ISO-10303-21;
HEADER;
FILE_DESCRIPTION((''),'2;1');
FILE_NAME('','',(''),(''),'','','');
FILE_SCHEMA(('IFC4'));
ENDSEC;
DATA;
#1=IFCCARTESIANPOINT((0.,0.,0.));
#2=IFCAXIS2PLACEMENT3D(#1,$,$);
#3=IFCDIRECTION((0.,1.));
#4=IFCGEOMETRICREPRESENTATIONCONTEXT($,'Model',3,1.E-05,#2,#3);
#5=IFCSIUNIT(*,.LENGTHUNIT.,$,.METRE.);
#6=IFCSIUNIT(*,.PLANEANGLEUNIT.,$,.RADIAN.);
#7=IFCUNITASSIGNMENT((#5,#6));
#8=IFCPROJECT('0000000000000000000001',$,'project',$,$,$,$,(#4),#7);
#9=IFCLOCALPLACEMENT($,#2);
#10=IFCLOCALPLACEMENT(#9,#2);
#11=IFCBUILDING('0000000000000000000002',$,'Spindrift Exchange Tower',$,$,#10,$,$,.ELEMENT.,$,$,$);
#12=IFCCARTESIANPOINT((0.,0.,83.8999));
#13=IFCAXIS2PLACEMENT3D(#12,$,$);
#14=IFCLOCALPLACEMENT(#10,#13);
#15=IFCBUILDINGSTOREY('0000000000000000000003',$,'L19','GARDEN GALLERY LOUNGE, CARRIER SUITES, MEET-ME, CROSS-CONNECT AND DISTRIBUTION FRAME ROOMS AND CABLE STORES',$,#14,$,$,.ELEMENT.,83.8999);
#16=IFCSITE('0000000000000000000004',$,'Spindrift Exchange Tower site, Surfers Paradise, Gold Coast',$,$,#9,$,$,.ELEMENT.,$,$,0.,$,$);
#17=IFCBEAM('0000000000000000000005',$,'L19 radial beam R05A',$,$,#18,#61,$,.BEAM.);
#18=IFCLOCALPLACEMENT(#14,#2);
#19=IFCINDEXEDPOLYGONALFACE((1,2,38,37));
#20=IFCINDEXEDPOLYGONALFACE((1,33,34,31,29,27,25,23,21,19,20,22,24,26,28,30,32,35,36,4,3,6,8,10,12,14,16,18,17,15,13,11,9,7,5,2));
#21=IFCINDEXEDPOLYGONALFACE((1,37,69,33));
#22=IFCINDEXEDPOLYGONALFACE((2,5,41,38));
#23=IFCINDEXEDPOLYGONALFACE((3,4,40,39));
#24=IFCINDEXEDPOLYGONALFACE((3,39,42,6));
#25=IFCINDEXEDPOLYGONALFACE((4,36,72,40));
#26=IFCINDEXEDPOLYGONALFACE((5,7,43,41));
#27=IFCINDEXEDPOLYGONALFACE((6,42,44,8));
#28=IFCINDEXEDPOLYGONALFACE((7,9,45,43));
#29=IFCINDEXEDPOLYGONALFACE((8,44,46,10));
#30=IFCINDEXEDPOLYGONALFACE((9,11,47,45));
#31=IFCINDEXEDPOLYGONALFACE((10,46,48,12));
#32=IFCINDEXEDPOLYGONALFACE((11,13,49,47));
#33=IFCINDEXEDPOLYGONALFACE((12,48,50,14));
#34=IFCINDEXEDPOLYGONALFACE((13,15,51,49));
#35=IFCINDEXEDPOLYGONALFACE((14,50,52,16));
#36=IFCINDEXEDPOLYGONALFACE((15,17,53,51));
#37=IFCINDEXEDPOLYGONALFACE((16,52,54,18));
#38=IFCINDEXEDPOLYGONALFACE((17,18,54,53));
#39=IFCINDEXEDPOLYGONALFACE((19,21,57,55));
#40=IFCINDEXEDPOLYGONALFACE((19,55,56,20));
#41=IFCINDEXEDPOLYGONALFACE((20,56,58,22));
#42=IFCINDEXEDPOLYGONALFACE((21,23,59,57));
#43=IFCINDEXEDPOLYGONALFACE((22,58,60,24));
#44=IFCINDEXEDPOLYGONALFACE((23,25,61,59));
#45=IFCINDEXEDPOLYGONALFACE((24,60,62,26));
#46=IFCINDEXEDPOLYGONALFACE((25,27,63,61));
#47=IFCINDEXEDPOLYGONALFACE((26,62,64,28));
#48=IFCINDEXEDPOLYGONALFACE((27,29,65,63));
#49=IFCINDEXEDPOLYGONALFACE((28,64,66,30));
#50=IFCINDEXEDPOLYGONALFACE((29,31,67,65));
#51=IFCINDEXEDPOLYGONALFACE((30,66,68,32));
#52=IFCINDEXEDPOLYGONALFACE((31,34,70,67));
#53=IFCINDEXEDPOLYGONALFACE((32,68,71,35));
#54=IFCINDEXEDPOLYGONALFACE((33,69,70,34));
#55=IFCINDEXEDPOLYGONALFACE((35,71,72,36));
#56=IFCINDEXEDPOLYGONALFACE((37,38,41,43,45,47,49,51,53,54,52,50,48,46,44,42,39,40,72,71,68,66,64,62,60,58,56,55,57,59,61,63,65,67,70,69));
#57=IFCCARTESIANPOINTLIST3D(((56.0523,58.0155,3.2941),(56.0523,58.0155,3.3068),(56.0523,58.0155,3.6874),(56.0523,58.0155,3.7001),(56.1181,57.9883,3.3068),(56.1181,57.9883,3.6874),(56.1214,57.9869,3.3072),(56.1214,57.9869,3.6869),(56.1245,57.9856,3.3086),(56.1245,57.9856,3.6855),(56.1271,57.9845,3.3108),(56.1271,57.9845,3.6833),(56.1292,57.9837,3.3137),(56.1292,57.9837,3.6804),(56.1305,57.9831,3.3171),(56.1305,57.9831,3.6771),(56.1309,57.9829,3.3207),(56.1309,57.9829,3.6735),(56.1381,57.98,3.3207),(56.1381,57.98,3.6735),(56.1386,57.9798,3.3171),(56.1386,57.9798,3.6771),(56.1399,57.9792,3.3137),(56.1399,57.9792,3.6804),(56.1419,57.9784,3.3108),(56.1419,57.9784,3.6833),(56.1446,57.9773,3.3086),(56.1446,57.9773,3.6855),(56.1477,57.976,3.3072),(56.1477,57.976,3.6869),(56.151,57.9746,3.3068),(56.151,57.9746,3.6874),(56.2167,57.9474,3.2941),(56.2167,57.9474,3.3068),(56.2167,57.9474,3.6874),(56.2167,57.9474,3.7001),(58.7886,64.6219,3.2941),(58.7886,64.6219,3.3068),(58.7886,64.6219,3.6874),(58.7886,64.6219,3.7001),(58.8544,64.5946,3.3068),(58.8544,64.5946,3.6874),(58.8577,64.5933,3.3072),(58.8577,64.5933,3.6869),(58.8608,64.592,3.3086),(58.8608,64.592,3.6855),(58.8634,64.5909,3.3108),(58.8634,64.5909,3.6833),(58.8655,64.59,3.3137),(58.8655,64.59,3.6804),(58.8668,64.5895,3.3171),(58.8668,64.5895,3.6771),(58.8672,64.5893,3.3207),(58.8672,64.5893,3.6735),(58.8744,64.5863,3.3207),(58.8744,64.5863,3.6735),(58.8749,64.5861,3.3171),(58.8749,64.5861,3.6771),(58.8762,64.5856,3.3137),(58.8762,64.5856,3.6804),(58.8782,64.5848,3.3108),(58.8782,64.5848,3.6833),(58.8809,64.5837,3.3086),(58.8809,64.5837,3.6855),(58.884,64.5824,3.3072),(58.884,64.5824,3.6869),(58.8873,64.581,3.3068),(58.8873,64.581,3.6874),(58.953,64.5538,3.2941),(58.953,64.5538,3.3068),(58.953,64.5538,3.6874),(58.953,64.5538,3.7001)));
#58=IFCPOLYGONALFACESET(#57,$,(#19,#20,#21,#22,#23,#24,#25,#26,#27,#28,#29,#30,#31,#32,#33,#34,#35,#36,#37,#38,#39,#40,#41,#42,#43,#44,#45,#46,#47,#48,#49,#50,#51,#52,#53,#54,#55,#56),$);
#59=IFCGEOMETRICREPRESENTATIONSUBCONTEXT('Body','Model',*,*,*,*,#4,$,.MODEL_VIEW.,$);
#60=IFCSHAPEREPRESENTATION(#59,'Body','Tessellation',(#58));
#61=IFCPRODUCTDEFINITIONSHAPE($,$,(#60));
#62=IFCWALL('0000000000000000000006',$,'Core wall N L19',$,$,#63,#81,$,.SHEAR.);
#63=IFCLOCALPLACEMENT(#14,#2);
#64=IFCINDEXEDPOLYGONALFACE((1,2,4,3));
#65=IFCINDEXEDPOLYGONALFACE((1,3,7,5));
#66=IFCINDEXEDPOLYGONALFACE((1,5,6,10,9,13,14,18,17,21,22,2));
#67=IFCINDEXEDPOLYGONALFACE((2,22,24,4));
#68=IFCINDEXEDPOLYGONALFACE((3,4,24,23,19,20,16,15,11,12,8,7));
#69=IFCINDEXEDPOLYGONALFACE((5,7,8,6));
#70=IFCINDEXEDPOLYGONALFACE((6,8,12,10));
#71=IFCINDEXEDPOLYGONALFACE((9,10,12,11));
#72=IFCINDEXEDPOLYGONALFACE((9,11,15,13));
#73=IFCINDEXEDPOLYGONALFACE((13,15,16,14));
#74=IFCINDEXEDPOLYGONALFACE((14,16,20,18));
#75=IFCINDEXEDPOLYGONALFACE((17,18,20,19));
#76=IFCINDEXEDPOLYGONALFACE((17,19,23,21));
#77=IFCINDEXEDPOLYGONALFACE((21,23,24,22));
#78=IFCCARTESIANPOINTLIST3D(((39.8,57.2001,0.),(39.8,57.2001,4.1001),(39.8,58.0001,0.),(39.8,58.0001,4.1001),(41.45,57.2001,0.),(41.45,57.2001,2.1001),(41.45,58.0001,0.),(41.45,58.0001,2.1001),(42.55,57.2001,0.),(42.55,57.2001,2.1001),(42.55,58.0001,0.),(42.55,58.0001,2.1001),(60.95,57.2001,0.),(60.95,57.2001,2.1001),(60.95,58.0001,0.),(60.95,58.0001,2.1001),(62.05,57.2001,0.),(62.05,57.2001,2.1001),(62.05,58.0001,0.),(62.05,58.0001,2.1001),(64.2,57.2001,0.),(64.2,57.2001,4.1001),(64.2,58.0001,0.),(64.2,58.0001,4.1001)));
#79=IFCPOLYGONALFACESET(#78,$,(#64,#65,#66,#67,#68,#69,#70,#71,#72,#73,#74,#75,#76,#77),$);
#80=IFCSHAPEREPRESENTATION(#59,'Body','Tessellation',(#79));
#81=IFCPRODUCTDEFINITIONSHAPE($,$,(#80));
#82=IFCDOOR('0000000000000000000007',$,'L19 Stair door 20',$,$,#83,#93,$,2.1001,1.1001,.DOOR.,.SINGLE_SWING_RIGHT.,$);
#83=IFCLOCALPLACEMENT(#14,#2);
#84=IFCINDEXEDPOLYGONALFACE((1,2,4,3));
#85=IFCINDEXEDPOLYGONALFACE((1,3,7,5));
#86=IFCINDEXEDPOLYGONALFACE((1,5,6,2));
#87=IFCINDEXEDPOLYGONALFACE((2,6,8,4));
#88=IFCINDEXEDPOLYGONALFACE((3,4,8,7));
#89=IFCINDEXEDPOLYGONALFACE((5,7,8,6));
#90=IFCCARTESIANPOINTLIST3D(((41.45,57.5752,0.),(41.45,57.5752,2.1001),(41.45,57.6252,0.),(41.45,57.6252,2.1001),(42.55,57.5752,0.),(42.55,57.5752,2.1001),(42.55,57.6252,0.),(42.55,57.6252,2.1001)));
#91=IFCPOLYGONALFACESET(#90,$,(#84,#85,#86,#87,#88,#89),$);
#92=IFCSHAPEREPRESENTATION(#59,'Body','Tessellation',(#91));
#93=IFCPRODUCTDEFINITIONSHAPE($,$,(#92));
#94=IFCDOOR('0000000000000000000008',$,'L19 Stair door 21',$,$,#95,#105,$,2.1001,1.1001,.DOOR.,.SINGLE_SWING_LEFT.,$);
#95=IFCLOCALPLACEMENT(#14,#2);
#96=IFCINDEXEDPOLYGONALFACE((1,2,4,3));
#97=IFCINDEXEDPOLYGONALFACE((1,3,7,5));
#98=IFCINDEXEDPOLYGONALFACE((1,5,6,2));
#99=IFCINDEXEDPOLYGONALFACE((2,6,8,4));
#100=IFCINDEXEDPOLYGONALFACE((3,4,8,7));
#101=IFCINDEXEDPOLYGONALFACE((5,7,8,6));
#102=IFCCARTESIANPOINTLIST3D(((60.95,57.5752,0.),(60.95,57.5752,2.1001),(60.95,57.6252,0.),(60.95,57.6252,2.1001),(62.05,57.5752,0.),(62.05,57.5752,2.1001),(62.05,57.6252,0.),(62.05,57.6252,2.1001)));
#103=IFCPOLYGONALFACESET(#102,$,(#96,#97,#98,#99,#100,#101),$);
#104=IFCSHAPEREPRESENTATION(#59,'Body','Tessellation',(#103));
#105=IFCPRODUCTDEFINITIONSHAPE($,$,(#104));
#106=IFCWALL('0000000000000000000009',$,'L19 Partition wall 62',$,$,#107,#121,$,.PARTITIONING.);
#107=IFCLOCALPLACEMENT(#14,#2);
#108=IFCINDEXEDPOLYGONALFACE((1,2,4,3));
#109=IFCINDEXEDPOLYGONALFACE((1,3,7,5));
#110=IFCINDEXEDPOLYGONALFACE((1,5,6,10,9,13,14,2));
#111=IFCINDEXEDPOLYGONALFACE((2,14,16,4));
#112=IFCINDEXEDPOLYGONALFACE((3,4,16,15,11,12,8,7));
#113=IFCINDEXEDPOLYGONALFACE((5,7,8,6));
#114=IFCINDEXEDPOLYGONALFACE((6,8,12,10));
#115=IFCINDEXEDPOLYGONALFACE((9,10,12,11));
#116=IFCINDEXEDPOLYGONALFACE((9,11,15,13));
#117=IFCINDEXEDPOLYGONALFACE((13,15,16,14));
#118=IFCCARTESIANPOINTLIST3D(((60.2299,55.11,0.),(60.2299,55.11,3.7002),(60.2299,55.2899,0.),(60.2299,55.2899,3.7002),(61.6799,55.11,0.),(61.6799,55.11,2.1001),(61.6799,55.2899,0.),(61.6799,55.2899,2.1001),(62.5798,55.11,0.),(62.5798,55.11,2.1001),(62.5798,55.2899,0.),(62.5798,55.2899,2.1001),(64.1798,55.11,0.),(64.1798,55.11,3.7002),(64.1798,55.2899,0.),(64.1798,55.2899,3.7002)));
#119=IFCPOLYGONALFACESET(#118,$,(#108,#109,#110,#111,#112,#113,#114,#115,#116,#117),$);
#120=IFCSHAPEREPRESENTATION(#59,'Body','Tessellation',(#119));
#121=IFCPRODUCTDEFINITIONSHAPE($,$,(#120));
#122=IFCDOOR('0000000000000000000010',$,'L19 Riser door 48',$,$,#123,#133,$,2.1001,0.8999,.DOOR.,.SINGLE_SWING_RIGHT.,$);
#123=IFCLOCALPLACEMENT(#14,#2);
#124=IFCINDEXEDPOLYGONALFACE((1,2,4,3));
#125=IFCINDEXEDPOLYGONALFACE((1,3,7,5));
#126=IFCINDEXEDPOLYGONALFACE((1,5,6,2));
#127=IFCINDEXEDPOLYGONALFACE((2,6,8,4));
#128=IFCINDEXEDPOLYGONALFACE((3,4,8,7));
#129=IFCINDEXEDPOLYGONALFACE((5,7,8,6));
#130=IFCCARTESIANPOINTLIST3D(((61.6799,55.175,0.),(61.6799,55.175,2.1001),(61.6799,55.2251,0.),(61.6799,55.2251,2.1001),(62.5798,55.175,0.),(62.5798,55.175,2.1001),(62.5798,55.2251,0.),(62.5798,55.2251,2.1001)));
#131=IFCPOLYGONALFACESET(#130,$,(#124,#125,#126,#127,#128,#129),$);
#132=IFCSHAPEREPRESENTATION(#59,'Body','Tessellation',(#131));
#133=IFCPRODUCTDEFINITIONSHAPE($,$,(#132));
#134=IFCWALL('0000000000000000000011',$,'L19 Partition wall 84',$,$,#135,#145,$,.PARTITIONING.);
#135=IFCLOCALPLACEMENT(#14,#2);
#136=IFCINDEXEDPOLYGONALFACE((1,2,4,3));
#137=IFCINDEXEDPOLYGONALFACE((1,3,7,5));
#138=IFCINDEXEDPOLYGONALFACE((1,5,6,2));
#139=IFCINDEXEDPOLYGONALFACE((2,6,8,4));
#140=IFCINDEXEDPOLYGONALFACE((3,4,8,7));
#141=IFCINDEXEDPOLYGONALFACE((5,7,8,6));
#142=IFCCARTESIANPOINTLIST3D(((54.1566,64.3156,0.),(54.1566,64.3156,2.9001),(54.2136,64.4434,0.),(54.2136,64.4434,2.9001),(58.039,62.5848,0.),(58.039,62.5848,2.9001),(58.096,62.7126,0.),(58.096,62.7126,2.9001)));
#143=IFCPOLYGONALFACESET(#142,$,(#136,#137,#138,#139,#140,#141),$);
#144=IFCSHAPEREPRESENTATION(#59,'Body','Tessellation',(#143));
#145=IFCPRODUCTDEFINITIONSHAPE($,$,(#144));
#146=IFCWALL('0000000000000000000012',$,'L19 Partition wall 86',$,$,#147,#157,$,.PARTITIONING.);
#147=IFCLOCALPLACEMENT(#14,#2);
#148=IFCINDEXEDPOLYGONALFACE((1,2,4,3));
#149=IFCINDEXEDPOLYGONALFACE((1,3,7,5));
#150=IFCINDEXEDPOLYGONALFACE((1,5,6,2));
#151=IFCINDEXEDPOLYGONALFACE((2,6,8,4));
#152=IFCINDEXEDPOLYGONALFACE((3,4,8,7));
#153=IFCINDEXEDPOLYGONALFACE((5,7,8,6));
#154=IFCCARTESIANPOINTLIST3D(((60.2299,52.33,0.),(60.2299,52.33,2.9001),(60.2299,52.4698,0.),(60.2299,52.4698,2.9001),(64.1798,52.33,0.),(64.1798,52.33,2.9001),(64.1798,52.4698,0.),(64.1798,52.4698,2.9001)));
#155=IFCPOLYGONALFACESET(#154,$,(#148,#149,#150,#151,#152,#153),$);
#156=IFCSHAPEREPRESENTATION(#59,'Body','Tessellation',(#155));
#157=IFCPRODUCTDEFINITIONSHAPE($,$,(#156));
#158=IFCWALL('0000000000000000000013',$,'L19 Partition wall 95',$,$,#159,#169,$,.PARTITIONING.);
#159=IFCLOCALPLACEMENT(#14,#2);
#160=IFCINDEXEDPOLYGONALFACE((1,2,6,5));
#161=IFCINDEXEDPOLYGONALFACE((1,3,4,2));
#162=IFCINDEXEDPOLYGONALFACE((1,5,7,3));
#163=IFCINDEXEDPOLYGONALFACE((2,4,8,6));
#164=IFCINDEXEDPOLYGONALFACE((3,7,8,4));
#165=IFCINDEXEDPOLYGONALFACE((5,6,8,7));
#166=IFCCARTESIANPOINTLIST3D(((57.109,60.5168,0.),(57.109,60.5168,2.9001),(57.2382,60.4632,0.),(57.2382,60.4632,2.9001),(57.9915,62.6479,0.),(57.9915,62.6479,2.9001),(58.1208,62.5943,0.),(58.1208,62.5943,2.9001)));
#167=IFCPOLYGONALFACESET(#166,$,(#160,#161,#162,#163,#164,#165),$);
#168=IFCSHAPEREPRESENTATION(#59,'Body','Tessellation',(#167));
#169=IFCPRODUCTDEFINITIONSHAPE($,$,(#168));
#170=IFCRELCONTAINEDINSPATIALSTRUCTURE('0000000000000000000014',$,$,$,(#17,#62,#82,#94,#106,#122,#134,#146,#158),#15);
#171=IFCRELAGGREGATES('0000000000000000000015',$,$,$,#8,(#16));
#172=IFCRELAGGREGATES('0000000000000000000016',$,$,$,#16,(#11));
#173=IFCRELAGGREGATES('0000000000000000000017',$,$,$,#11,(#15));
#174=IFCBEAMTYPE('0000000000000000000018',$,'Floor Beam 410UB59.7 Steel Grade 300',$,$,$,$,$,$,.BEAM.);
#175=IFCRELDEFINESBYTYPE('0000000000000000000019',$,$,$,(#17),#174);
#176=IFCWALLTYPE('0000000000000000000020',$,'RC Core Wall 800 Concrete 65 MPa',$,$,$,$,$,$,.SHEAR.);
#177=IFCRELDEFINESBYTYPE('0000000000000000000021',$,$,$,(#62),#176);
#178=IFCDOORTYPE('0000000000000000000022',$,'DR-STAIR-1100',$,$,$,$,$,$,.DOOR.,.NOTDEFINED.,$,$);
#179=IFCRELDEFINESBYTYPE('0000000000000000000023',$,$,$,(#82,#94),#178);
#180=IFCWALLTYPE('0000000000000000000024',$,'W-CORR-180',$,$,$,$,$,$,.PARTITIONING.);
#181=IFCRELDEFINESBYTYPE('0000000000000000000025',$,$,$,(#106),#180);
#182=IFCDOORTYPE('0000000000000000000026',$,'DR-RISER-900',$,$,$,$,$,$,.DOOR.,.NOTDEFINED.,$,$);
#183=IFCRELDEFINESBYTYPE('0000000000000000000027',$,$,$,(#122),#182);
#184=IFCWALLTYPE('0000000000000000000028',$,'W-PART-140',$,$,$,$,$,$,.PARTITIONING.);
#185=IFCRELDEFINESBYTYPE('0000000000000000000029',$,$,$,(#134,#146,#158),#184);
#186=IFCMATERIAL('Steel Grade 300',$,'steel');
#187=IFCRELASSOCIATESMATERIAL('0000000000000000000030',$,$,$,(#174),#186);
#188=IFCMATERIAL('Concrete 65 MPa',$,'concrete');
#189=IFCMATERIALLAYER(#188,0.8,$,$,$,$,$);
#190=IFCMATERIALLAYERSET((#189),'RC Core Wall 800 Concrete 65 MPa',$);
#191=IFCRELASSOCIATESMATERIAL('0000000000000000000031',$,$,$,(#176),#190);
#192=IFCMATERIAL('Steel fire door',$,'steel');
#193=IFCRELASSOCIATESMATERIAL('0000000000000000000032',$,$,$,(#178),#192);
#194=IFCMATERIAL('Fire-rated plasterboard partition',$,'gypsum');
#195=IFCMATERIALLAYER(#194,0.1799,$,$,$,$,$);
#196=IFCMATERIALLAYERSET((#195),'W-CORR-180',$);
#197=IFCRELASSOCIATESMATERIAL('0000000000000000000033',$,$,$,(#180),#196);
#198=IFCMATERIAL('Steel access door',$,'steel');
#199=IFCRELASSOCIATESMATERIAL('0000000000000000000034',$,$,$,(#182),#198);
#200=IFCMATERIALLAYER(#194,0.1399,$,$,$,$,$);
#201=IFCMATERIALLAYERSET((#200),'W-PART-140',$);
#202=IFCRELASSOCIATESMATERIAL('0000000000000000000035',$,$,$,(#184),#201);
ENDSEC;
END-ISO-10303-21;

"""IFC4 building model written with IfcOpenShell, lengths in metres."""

from ifc_helpers import new_model, si_unit, direction, frame, frame_2d, origin, origin_2d, place, context, subcontext, project, spatial, rectangle, i_section, extrude, source, transform, mapped, material, layer, layer_set, material_profile, profile_set, type_object, element, fill, save


model = new_model("IFC4")

# Units and contexts
model_context = context("Model", 3, precision=1e-05, world=origin(), true_north=direction((0.0, 1.0)))
body_context = subcontext(model_context, "Body", "Model", "MODEL_VIEW")
ifc_project = project(units=[si_unit("LENGTHUNIT", "METRE"), si_unit("PLANEANGLEUNIT", "RADIAN")], contexts=[model_context])

# Site, building, storey
site_placement = place(None, origin())
site = spatial("IfcSite", under=ifc_project, at=site_placement, Name="Spindrift Exchange Tower site, Surfers Paradise, Gold Coast", CompositionType="ELEMENT", RefElevation=0.0)
building_placement = place(site_placement, origin())
building = spatial("IfcBuilding", under=site, at=building_placement, Name="Spindrift Exchange Tower", CompositionType="ELEMENT")
storey_placement = place(building_placement, frame((0.0, 0.0, 83.8999)))
storey = spatial("IfcBuildingStorey", under=building, at=storey_placement, Name="L19", Description="GARDEN GALLERY LOUNGE, CARRIER SUITES, MEET-ME, CROSS-CONNECT AND DISTRIBUTION FRAME ROOMS AND CABLE STORES", CompositionType="ELEMENT", Elevation=83.8999)

# Beam
ifc_material_1 = material(Name="Steel Grade 300", Category="steel")
ifc_material_profile_1 = material_profile(ifc_material_1, i_section(OverallWidth=0.178, OverallDepth=0.406, WebThickness=0.0078, FlangeThickness=0.0127, FilletRadius=0.0139, at=origin_2d()), Name="410UB59.7")
ifc_profile_set_1 = profile_set([ifc_material_profile_1], Name="Steel Grade 300")
beam_type_1 = type_object("IfcBeamType", Name="Floor Beam 410UB59.7 Steel Grade 300", PredefinedType="BEAM", material=ifc_profile_set_1)
shared_shape_1 = source(origin(), body_context, "Body", "SweptSolid", [
    extrude(i_section(OverallWidth=0.178, OverallDepth=0.406, WebThickness=0.0078, FlangeThickness=0.0127, FilletRadius=0.0139, at=origin_2d()), origin(), (0.0, 0.0, 1.0), 7.1506),
])
beam_1_placement = place(storey_placement, frame((56.1345, 57.9814, 3.4971), z_axis=(0.382665, 0.923887, 0.0), x_axis=(-0.923887, 0.382665, 0.0)))
element("IfcBeam", 1, at=beam_1_placement, inside=storey, type_object=beam_type_1, Name="L19 radial beam R05A", PredefinedType="BEAM", context=body_context, shape_type="MappedRepresentation", body=[
    mapped(shared_shape_1, transform((0.0, 0.0, 0.0), scale=1.0)),
])

# Wall, openings, doors
ifc_material_2 = material(Name="Concrete 65 MPa", Category="concrete")
ifc_layer_1 = layer(ifc_material_2, 0.8)
ifc_layer_set_1 = layer_set([ifc_layer_1], Name="RC Core Wall 800 Concrete 65 MPa")
wall_type_1 = type_object("IfcWallType", Name="RC Core Wall 800 Concrete 65 MPa", PredefinedType="SHEAR", material=ifc_layer_set_1)
wall_1_placement = place(storey_placement, frame((64.2, 57.6001, 0.0), z_axis=(0.0, 0.0, 1.0), x_axis=(-1.0, 0.0, 0.0)))
wall_1 = element("IfcWall", 2, at=wall_1_placement, inside=storey, type_object=wall_type_1, Name="Core wall N L19", PredefinedType="SHEAR", context=body_context, shape_type="SweptSolid", body=[
    extrude(rectangle(XDim=24.3999, YDim=0.8, at=frame_2d((12.2, 0.0))), origin(), (0.0, 0.0, 1.0), 4.1001),
])
opening_1_placement = place(wall_1_placement, frame((21.6499, 0.0, 0.0)))
opening_1 = element("IfcOpeningElement", 3, at=opening_1_placement, cuts=wall_1, PredefinedType="OPENING", context=body_context, shape_type="SweptSolid", body=[
    extrude(rectangle(XDim=1.1001, YDim=2.1001, at=frame_2d((0.55, 1.05))), frame((0.0, 0.4099, 0.0), z_axis=(0.0, -1.0, 0.0), x_axis=(1.0, 0.0, 0.0)), (0.0, 0.0, 1.0), 0.8201),
])
opening_2_placement = place(wall_1_placement, frame((2.1499, 0.0, 0.0)))
opening_2 = element("IfcOpeningElement", 4, at=opening_2_placement, cuts=wall_1, PredefinedType="OPENING", context=body_context, shape_type="SweptSolid", body=[
    extrude(rectangle(XDim=1.1001, YDim=2.1001, at=frame_2d((0.55, 1.05))), frame((0.0, 0.4099, 0.0), z_axis=(0.0, -1.0, 0.0), x_axis=(1.0, 0.0, 0.0)), (0.0, 0.0, 1.0), 0.8201),
])
ifc_material_3 = material(Name="Steel fire door", Category="steel")
door_type_1 = type_object("IfcDoorType", Name="DR-STAIR-1100", OperationType="NOTDEFINED", PredefinedType="DOOR", material=ifc_material_3)
shared_shape_2 = source(origin(), body_context, "Body", "SweptSolid", [
    extrude(rectangle(XDim=1.1001, YDim=2.1001, at=frame_2d((0.55, 1.05))), frame((0.0, 0.0249, 0.0), z_axis=(0.0, -1.0, 0.0), x_axis=(1.0, 0.0, 0.0)), (0.0, 0.0, 1.0), 0.05),
])
door_1_placement = place(opening_1_placement, origin())
door_1 = element("IfcDoor", 5, at=door_1_placement, inside=storey, type_object=door_type_1, Name="L19 Stair door 20", OperationType="SINGLE_SWING_RIGHT", OverallHeight=2.1001, OverallWidth=1.1001, PredefinedType="DOOR", context=body_context, shape_type="MappedRepresentation", body=[
    mapped(shared_shape_2, transform((0.0, 0.0, 0.0), scale=1.0)),
])
fill(opening_1, door_1)
door_2_placement = place(opening_2_placement, origin())
door_2 = element("IfcDoor", 6, at=door_2_placement, inside=storey, type_object=door_type_1, Name="L19 Stair door 21", OperationType="SINGLE_SWING_LEFT", OverallHeight=2.1001, OverallWidth=1.1001, PredefinedType="DOOR", context=body_context, shape_type="MappedRepresentation", body=[
    mapped(shared_shape_2, transform((0.0, 0.0, 0.0), scale=1.0)),
])
fill(opening_2, door_2)

# Wall, opening, door
ifc_material_4 = material(Name="Fire-rated plasterboard partition", Category="gypsum")
ifc_layer_2 = layer(ifc_material_4, 0.1799)
ifc_layer_set_2 = layer_set([ifc_layer_2], Name="W-CORR-180")
wall_type_2 = type_object("IfcWallType", Name="W-CORR-180", PredefinedType="PARTITIONING", material=ifc_layer_set_2)
wall_2_placement = place(storey_placement, frame((64.1799, 55.2, 0.0), z_axis=(0.0, 0.0, 1.0), x_axis=(-1.0, 0.0, 0.0)))
wall_2 = element("IfcWall", 7, at=wall_2_placement, inside=storey, type_object=wall_type_2, Name="L19 Partition wall 62", PredefinedType="PARTITIONING", context=body_context, shape_type="SweptSolid", body=[
    extrude(rectangle(XDim=3.95, YDim=0.1799, at=frame_2d((1.9751, 0.0))), origin(), (0.0, 0.0, 1.0), 3.7002),
])
opening_3_placement = place(wall_2_placement, frame((1.6001, 0.0, 0.0)))
opening_3 = element("IfcOpeningElement", 8, at=opening_3_placement, cuts=wall_2, PredefinedType="OPENING", context=body_context, shape_type="SweptSolid", body=[
    extrude(rectangle(XDim=0.8999, YDim=2.1001, at=frame_2d((0.45, 1.05))), frame((0.0, 0.0999, 0.0), z_axis=(0.0, -1.0, 0.0), x_axis=(1.0, 0.0, 0.0)), (0.0, 0.0, 1.0), 0.2),
])
ifc_material_5 = material(Name="Steel access door", Category="steel")
door_type_2 = type_object("IfcDoorType", Name="DR-RISER-900", OperationType="NOTDEFINED", PredefinedType="DOOR", material=ifc_material_5)
shared_shape_3 = source(origin(), body_context, "Body", "SweptSolid", [
    extrude(rectangle(XDim=0.8999, YDim=2.1001, at=frame_2d((0.45, 1.05))), frame((0.0, 0.0249, 0.0), z_axis=(0.0, -1.0, 0.0), x_axis=(1.0, 0.0, 0.0)), (0.0, 0.0, 1.0), 0.05),
])
door_3_placement = place(opening_3_placement, origin())
door_3 = element("IfcDoor", 9, at=door_3_placement, inside=storey, type_object=door_type_2, Name="L19 Riser door 48", OperationType="SINGLE_SWING_RIGHT", OverallHeight=2.1001, OverallWidth=0.8999, PredefinedType="DOOR", context=body_context, shape_type="MappedRepresentation", body=[
    mapped(shared_shape_3, transform((0.0, 0.0, 0.0), scale=1.0)),
])
fill(opening_3, door_3)

# Walls
ifc_layer_3 = layer(ifc_material_4, 0.1399)
ifc_layer_set_3 = layer_set([ifc_layer_3], Name="W-PART-140")
wall_type_3 = type_object("IfcWallType", Name="W-PART-140", PredefinedType="PARTITIONING", material=ifc_layer_set_3)
wall_3_placement = place(storey_placement, frame((58.0676, 62.6487, 0.0), z_axis=(0.0, 0.0, 1.0), x_axis=(-0.913354, 0.407167, 0.0)))
element("IfcWall", 10, at=wall_3_placement, inside=storey, type_object=wall_type_3, Name="L19 Partition wall 84", PredefinedType="PARTITIONING", context=body_context, shape_type="SweptSolid", body=[
    extrude(rectangle(XDim=4.2507, YDim=0.1399, at=frame_2d((2.1255, 0.0))), origin(), (0.0, 0.0, 1.0), 2.9001),
])
wall_4_placement = place(storey_placement, frame((64.1799, 52.3999, 0.0), z_axis=(0.0, 0.0, 1.0), x_axis=(-1.0, 0.0, 0.0)))
element("IfcWall", 11, at=wall_4_placement, inside=storey, type_object=wall_type_3, Name="L19 Partition wall 86", PredefinedType="PARTITIONING", context=body_context, shape_type="SweptSolid", body=[
    extrude(rectangle(XDim=3.95, YDim=0.1399, at=frame_2d((1.9751, 0.0))), origin(), (0.0, 0.0, 1.0), 2.9001),
])
wall_5_placement = place(storey_placement, frame((57.1736, 60.49, 0.0), z_axis=(0.0, 0.0, 1.0), x_axis=(0.382623, 0.923905, 0.0)))
element("IfcWall", 12, at=wall_5_placement, inside=storey, type_object=wall_type_3, Name="L19 Partition wall 95", PredefinedType="PARTITIONING", context=body_context, shape_type="SweptSolid", body=[
    extrude(rectangle(XDim=2.3066, YDim=0.1399, at=frame_2d((1.1533, 0.0))), origin(), (0.0, 0.0, 1.0), 2.9001),
])

save(model, "model.ifc")
